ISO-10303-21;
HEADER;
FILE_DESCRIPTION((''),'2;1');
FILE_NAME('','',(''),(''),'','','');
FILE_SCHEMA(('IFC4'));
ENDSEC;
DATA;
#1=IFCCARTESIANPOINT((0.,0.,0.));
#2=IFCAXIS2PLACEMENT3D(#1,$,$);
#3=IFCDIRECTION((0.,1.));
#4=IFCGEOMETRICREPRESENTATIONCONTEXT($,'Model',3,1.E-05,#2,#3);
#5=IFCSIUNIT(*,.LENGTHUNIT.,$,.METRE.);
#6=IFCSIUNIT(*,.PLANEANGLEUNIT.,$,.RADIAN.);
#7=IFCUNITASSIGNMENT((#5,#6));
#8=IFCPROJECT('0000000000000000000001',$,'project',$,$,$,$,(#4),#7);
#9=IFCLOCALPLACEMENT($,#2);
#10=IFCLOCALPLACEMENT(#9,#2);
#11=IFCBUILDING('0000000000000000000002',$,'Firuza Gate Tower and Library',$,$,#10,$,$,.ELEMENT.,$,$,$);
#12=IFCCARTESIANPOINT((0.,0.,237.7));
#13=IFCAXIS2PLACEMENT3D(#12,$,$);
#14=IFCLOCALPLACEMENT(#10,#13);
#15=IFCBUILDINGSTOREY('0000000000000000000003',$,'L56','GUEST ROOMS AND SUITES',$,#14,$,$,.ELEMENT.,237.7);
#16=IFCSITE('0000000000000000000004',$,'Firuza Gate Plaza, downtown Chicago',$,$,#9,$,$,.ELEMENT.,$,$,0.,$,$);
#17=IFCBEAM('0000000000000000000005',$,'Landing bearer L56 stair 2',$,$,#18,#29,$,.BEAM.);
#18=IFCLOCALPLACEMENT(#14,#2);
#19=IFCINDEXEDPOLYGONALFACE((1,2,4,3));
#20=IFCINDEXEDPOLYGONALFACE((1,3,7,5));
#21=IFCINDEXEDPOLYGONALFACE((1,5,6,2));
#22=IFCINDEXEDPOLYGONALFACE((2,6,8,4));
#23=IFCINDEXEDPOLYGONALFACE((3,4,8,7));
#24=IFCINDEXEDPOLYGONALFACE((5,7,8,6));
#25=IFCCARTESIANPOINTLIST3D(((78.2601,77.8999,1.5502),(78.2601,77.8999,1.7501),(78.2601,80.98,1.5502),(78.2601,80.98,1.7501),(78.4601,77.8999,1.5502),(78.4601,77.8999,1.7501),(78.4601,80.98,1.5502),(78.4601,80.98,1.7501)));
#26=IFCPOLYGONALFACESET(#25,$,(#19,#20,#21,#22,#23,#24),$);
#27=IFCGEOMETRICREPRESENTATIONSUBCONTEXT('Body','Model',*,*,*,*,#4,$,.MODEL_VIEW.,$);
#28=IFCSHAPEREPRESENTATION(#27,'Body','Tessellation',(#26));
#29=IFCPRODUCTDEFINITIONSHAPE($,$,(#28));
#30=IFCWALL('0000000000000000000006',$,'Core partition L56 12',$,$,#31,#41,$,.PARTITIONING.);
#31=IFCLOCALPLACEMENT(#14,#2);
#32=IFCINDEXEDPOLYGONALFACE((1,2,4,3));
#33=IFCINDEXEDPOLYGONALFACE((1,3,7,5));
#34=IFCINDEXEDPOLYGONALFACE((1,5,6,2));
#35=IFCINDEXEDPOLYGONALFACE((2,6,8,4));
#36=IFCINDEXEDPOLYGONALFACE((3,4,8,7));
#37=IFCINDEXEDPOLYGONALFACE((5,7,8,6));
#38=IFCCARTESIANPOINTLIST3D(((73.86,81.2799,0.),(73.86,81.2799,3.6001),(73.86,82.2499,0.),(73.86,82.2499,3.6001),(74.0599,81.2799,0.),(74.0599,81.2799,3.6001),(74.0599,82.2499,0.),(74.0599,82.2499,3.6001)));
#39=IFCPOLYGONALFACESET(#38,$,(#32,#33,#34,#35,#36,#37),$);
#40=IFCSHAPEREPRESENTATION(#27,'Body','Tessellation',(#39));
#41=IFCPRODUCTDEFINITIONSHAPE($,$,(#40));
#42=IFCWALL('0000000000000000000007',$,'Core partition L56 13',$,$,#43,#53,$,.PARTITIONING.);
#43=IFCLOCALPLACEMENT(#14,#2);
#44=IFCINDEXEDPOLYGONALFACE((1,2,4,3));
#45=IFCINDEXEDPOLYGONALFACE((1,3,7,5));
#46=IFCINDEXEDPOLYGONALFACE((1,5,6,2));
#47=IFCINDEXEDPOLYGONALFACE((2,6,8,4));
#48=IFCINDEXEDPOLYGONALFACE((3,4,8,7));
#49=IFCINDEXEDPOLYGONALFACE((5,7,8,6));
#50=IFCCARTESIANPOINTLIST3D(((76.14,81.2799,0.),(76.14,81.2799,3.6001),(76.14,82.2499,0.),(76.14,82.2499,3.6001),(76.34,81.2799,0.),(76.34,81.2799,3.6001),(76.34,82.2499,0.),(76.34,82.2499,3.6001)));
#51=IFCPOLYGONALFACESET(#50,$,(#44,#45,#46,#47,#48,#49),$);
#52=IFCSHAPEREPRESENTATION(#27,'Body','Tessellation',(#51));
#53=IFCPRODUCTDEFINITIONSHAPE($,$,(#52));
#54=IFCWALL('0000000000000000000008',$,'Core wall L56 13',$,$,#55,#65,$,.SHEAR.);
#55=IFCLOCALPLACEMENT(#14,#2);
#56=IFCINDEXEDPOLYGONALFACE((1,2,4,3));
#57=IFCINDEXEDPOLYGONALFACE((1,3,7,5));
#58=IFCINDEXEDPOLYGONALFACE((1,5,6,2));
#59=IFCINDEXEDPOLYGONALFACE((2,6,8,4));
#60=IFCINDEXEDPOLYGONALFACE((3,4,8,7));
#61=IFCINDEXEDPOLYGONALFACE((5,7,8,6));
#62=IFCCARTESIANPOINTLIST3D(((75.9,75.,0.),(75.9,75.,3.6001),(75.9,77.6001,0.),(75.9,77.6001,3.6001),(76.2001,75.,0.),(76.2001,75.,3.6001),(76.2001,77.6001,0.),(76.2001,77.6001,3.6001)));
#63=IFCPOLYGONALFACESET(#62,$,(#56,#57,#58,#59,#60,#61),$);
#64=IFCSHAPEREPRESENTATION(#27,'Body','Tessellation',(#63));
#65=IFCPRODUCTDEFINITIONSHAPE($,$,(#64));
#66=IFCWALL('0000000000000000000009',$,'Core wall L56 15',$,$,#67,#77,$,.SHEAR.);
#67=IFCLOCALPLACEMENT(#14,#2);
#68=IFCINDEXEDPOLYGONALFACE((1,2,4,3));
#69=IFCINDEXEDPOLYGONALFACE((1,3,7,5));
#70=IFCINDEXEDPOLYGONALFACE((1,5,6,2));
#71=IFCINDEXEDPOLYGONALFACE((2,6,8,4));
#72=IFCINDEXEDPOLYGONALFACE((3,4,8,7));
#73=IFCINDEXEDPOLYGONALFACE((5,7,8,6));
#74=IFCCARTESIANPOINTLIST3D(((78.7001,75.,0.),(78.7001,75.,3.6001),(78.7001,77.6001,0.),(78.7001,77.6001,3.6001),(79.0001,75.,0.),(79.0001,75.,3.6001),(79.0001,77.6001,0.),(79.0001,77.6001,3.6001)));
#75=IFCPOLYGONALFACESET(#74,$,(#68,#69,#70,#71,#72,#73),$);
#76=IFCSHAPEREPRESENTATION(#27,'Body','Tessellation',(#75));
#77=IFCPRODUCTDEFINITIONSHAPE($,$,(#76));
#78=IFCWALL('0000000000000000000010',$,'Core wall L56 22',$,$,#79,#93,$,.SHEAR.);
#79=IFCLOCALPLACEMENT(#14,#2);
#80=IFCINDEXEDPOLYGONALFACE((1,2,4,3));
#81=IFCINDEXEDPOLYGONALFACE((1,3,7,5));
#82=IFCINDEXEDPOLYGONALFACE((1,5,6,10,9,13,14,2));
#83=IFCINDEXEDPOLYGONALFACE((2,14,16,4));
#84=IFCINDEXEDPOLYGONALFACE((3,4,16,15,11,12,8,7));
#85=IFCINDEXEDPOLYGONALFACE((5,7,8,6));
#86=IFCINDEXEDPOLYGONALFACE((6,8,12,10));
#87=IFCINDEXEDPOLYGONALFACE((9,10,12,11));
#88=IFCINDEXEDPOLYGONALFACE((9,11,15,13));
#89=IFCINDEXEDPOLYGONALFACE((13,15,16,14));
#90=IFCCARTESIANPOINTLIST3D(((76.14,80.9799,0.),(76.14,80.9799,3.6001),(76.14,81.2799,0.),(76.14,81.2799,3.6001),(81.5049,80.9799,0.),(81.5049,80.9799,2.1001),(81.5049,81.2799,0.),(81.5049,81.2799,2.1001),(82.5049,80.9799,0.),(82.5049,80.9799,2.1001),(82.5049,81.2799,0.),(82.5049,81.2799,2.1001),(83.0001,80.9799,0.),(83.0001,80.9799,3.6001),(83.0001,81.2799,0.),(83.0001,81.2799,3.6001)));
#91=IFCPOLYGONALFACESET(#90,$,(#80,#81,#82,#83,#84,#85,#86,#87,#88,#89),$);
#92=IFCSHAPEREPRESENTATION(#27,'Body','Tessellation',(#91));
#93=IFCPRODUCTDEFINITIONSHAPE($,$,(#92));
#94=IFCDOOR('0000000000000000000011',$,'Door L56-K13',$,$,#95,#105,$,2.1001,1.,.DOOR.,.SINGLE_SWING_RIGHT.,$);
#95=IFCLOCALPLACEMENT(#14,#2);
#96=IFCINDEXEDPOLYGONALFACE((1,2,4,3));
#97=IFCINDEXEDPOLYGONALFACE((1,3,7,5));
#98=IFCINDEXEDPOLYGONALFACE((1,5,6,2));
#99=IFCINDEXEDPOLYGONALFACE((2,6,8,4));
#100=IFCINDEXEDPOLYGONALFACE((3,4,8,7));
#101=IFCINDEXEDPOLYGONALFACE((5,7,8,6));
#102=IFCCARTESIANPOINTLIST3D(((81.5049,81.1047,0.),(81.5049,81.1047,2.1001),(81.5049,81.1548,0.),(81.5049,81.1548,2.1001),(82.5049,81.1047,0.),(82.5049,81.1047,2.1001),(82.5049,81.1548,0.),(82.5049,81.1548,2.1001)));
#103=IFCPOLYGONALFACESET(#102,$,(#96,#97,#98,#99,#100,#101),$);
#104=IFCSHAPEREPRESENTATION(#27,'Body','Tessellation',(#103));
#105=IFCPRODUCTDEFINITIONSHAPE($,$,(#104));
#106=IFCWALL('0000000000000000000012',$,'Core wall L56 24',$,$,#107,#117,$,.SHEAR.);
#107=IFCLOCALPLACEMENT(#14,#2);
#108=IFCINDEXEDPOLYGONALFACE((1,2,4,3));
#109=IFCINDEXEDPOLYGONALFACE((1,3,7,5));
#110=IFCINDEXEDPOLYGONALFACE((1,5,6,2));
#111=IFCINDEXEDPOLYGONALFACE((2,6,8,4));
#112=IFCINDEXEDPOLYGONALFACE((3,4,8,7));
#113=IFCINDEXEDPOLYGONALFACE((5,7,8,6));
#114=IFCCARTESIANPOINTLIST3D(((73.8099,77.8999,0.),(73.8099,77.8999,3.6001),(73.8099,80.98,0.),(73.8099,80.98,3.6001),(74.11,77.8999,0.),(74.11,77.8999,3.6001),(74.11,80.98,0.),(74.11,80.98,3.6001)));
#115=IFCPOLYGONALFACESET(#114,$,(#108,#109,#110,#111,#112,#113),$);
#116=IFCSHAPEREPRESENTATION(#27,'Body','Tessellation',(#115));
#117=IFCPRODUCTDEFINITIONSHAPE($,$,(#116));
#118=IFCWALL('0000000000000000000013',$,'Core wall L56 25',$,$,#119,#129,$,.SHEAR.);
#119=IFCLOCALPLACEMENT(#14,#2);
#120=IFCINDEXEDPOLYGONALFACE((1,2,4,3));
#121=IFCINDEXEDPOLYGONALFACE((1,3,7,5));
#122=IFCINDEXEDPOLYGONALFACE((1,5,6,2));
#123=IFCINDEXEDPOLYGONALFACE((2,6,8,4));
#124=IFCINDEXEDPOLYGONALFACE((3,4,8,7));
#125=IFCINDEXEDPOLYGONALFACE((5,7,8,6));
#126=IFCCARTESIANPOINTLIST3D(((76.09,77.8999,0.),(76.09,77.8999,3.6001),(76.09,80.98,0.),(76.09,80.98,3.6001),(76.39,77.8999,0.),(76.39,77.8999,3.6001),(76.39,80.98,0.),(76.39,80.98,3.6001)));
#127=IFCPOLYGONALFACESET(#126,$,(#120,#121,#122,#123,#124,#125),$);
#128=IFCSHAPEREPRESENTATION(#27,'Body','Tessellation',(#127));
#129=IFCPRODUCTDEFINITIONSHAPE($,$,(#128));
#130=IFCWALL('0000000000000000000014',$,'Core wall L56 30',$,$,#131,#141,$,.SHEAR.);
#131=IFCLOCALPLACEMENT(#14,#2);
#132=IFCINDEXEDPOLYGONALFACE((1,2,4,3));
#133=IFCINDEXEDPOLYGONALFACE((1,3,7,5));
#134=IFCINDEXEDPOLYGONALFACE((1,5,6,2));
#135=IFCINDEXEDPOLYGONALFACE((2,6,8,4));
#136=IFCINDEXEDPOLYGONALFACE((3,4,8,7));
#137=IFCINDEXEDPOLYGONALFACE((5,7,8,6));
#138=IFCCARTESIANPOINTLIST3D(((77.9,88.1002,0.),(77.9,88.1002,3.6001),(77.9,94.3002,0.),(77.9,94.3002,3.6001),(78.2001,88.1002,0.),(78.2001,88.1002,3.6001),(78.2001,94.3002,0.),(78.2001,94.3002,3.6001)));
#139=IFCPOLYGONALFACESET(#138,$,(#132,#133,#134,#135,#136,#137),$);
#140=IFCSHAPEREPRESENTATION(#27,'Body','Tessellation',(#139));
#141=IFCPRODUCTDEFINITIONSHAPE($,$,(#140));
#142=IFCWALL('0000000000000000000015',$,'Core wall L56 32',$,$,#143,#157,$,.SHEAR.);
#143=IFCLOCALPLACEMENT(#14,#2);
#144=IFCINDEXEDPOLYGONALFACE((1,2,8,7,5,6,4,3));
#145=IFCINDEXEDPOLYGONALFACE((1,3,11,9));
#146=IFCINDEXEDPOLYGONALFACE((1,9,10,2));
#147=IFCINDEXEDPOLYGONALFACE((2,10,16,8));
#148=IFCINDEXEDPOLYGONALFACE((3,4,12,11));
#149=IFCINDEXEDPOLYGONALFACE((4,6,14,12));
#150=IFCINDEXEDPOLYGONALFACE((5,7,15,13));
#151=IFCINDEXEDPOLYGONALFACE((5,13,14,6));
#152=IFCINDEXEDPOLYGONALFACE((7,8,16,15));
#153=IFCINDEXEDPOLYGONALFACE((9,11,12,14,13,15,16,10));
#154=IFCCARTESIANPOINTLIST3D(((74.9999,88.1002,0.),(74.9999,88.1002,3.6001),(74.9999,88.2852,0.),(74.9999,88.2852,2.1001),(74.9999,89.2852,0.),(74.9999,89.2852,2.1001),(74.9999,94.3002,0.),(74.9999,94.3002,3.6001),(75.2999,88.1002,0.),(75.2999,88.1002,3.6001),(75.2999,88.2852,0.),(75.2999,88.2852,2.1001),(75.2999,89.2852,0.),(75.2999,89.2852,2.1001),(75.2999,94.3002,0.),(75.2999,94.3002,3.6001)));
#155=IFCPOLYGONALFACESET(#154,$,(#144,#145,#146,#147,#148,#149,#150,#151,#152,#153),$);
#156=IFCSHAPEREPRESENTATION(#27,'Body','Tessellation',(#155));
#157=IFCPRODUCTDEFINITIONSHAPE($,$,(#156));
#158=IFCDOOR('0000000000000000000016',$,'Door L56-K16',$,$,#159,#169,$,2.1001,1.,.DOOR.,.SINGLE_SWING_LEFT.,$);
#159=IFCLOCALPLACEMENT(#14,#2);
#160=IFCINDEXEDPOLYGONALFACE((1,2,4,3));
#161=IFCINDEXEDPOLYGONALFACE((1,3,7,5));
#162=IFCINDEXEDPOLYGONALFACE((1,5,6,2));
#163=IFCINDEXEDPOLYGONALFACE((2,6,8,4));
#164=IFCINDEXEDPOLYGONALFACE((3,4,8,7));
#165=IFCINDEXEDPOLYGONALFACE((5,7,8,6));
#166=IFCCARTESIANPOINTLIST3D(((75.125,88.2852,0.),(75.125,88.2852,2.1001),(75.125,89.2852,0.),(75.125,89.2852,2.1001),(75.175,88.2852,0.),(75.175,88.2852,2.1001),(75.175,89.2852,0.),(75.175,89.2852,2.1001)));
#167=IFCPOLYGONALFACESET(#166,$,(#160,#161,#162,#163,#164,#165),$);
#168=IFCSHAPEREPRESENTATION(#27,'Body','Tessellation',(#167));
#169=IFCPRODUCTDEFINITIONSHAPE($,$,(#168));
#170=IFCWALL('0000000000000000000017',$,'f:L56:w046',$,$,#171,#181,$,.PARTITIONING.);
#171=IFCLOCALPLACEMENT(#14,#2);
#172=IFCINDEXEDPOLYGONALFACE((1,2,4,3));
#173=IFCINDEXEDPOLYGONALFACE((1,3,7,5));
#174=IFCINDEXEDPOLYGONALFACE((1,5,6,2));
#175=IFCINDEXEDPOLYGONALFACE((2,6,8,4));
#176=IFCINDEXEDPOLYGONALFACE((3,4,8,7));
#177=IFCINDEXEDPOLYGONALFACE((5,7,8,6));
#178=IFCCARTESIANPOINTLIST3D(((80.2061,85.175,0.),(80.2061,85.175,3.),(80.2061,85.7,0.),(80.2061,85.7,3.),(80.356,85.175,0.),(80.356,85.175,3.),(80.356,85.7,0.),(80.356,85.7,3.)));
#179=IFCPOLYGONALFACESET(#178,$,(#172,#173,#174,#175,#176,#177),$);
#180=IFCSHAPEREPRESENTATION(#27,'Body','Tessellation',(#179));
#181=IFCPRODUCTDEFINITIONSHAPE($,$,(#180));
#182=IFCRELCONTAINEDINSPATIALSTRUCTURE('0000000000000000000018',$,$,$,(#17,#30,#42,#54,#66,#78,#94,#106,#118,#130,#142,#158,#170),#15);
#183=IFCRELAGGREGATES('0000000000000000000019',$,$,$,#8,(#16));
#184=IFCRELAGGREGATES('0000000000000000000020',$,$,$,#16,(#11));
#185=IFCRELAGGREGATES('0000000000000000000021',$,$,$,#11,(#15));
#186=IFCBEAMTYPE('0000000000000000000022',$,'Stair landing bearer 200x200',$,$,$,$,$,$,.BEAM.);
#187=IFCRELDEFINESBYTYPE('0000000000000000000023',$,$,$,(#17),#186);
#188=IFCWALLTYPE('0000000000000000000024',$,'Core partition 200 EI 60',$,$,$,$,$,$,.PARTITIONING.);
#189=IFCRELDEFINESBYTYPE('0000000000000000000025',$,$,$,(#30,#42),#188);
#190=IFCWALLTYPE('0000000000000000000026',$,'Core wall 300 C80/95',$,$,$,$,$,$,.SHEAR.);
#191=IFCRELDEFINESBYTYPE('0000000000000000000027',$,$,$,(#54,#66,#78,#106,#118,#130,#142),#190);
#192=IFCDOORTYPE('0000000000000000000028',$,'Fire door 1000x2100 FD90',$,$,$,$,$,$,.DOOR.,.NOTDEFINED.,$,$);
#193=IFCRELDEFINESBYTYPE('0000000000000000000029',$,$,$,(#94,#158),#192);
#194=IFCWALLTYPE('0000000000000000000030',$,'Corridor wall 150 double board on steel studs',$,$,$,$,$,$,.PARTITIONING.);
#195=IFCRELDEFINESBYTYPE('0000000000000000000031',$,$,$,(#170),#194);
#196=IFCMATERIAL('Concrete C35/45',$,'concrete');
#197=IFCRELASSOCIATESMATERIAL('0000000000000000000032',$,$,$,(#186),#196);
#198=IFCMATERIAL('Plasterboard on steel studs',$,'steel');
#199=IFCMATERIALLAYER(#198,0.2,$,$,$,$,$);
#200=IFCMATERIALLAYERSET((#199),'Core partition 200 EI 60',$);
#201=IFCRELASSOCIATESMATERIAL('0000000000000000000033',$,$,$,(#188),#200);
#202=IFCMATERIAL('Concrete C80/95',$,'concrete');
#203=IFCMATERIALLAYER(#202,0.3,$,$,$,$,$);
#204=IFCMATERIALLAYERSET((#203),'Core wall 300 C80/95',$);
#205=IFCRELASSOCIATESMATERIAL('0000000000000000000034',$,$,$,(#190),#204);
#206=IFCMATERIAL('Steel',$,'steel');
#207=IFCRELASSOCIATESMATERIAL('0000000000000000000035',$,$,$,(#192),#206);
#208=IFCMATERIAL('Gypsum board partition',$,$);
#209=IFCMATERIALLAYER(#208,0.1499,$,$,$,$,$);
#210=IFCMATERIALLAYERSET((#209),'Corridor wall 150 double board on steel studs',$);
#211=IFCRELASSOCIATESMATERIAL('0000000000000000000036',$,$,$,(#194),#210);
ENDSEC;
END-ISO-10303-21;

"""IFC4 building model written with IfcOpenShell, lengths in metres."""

from ifc_helpers import new_model, si_unit, direction, frame, frame_2d, origin, origin_2d, place, context, subcontext, project, spatial, rectangle, extrude, material, layer, layer_set, material_profile, profile_set, type_object, element, fill, save


model = new_model("IFC4")

# Units and contexts
model_context = context("Model", 3, precision=1e-05, world=origin(), true_north=direction((0.0, 1.0)))
body_context = subcontext(model_context, "Body", "Model", "MODEL_VIEW")
ifc_project = project(units=[si_unit("LENGTHUNIT", "METRE"), si_unit("PLANEANGLEUNIT", "RADIAN")], contexts=[model_context])

# Site, building, storey
site_placement = place(None, origin())
site = spatial("IfcSite", under=ifc_project, at=site_placement, Name="Firuza Gate Plaza, downtown Chicago", CompositionType="ELEMENT", RefElevation=0.0)
building_placement = place(site_placement, origin())
building = spatial("IfcBuilding", under=site, at=building_placement, Name="Firuza Gate Tower and Library", CompositionType="ELEMENT")
storey_placement = place(building_placement, frame((0.0, 0.0, 237.7)))
storey = spatial("IfcBuildingStorey", under=building, at=storey_placement, Name="L56", Description="GUEST ROOMS AND SUITES", CompositionType="ELEMENT", Elevation=237.7)

# Beam
ifc_material_1 = material(Name="Concrete C35/45", Category="concrete")
ifc_material_profile = material_profile(ifc_material_1, rectangle(XDim=0.2, YDim=0.2, at=origin_2d()))
ifc_profile_set = profile_set([ifc_material_profile], Name="Concrete C35/45")
beam_type = type_object("IfcBeamType", Name="Stair landing bearer 200x200", PredefinedType="BEAM", material=ifc_profile_set)
beam_placement = place(storey_placement, frame((78.3601, 80.98, 1.6501), z_axis=(0.0, -1.0, 0.0), x_axis=(1.0, 0.0, 0.0)))
element("IfcBeam", 1, at=beam_placement, inside=storey, type_object=beam_type, Name="Landing bearer L56 stair 2", PredefinedType="BEAM", context=body_context, shape_type="SweptSolid", body=[
    extrude(rectangle(XDim=0.2, YDim=0.2, at=origin_2d()), origin(), (0.0, 0.0, 1.0), 3.0801),
])

# Walls
ifc_material_2 = material(Name="Plasterboard on steel studs", Category="steel")
ifc_layer_1 = layer(ifc_material_2, 0.2)
ifc_layer_set_1 = layer_set([ifc_layer_1], Name="Core partition 200 EI 60")
wall_type_1 = type_object("IfcWallType", Name="Core partition 200 EI 60", PredefinedType="PARTITIONING", material=ifc_layer_set_1)
for number, where, z_axis, x_axis, name in (
    (2, (73.96, 81.28, 0.0), (0.0, 0.0, 1.0), (0.0, 1.0, 0.0), "Core partition L56 12"),
    (3, (76.24, 81.28, 0.0), (0.0, 0.0, 1.0), (0.0, 1.0, 0.0), "Core partition L56 13"),
):
    element("IfcWall", number, at=place(storey_placement, frame(where, z_axis=z_axis, x_axis=x_axis)), inside=storey, type_object=wall_type_1, Name=name, PredefinedType="PARTITIONING", context=body_context, shape_type="SweptSolid", body=[
        extrude(rectangle(XDim=0.97, YDim=0.2, at=frame_2d((0.4849, 0.0))), origin(), (0.0, 0.0, 1.0), 3.6001),
    ])
ifc_material_3 = material(Name="Concrete C80/95", Category="concrete")
ifc_layer_2 = layer(ifc_material_3, 0.3)
ifc_layer_set_2 = layer_set([ifc_layer_2], Name="Core wall 300 C80/95")
wall_type_2 = type_object("IfcWallType", Name="Core wall 300 C80/95", PredefinedType="SHEAR", material=ifc_layer_set_2)
for number, where, z_axis, x_axis, name in (
    (4, (76.05, 75.0, 0.0), (0.0, 0.0, 1.0), (0.0, 1.0, 0.0), "Core wall L56 13"),
    (5, (78.8501, 75.0, 0.0), (0.0, 0.0, 1.0), (0.0, 1.0, 0.0), "Core wall L56 15"),
):
    element("IfcWall", number, at=place(storey_placement, frame(where, z_axis=z_axis, x_axis=x_axis)), inside=storey, type_object=wall_type_2, Name=name, PredefinedType="SHEAR", context=body_context, shape_type="SweptSolid", body=[
        extrude(rectangle(XDim=2.6001, YDim=0.3, at=frame_2d((1.3, 0.0))), origin(), (0.0, 0.0, 1.0), 3.6001),
    ])

# Wall, opening, door
wall_1_placement = place(storey_placement, frame((76.1399, 81.1299, 0.0), z_axis=(0.0, 0.0, 1.0), x_axis=(1.0, 0.0, 0.0)))
wall_1 = element("IfcWall", 6, at=wall_1_placement, inside=storey, type_object=wall_type_2, Name="Core wall L56 22", PredefinedType="SHEAR", context=body_context, shape_type="SweptSolid", body=[
    extrude(rectangle(XDim=6.8601, YDim=0.3, at=frame_2d((3.4302, 0.0))), origin(), (0.0, 0.0, 1.0), 3.6001),
])
opening_1_placement = place(wall_1_placement, frame((5.365, 0.0, 0.0)))
opening_1 = element("IfcOpeningElement", 7, at=opening_1_placement, cuts=wall_1, PredefinedType="OPENING", context=body_context, shape_type="SweptSolid", body=[
    extrude(rectangle(XDim=1.0, YDim=2.1001, at=frame_2d((0.5, 1.05))), frame((0.0, 0.1602, 0.0), z_axis=(0.0, -1.0, 0.0), x_axis=(1.0, 0.0, 0.0)), (0.0, 0.0, 1.0), 0.3201),
])
ifc_material_4 = material(Name="Steel", Category="steel")
door_type = type_object("IfcDoorType", Name="Fire door 1000x2100 FD90", OperationType="NOTDEFINED", PredefinedType="DOOR", material=ifc_material_4)
door_1_placement = place(opening_1_placement, origin())
door_1 = element("IfcDoor", 8, at=door_1_placement, inside=storey, type_object=door_type, Name="Door L56-K13", OperationType="SINGLE_SWING_RIGHT", OverallHeight=2.1001, OverallWidth=1.0, PredefinedType="DOOR", context=body_context, shape_type="SweptSolid", body=[
    extrude(rectangle(XDim=1.0, YDim=2.1001, at=frame_2d((0.5, 1.05))), frame((0.0, 0.0249, 0.0), z_axis=(0.0, -1.0, 0.0), x_axis=(1.0, 0.0, 0.0)), (0.0, 0.0, 1.0), 0.05),
])
fill(opening_1, door_1)

# Walls
for number, where, z_axis, x_axis, name in (
    (9, (73.96, 77.8999, 0.0), (0.0, 0.0, 1.0), (0.0, 1.0, 0.0), "Core wall L56 24"),
    (10, (76.24, 77.8999, 0.0), (0.0, 0.0, 1.0), (0.0, 1.0, 0.0), "Core wall L56 25"),
):
    element("IfcWall", number, at=place(storey_placement, frame(where, z_axis=z_axis, x_axis=x_axis)), inside=storey, type_object=wall_type_2, Name=name, PredefinedType="SHEAR", context=body_context, shape_type="SweptSolid", body=[
        extrude(rectangle(XDim=3.0801, YDim=0.3, at=frame_2d((1.54, 0.0))), origin(), (0.0, 0.0, 1.0), 3.6001),
    ])
wall_2_placement = place(storey_placement, frame((78.05, 88.1001, 0.0), z_axis=(0.0, 0.0, 1.0), x_axis=(0.0, 1.0, 0.0)))
element("IfcWall", 11, at=wall_2_placement, inside=storey, type_object=wall_type_2, Name="Core wall L56 30", PredefinedType="SHEAR", context=body_context, shape_type="SweptSolid", body=[
    extrude(rectangle(XDim=6.2, YDim=0.3, at=frame_2d((3.1001, 0.0))), origin(), (0.0, 0.0, 1.0), 3.6001),
])

# Wall, opening, door
wall_3_placement = place(storey_placement, frame((75.1499, 88.1001, 0.0), z_axis=(0.0, 0.0, 1.0), x_axis=(0.0, 1.0, 0.0)))
wall_3 = element("IfcWall", 12, at=wall_3_placement, inside=storey, type_object=wall_type_2, Name="Core wall L56 32", PredefinedType="SHEAR", context=body_context, shape_type="SweptSolid", body=[
    extrude(rectangle(XDim=6.2, YDim=0.3, at=frame_2d((3.1001, 0.0))), origin(), (0.0, 0.0, 1.0), 3.6001),
])
opening_2_placement = place(wall_3_placement, frame((0.1851, 0.0, 0.0)))
opening_2 = element("IfcOpeningElement", 13, at=opening_2_placement, cuts=wall_3, PredefinedType="OPENING", context=body_context, shape_type="SweptSolid", body=[
    extrude(rectangle(XDim=1.0, YDim=2.1001, at=frame_2d((0.5, 1.05))), frame((0.0, 0.1602, 0.0), z_axis=(0.0, -1.0, 0.0), x_axis=(1.0, 0.0, 0.0)), (0.0, 0.0, 1.0), 0.3201),
])
door_2_placement = place(opening_2_placement, origin())
door_2 = element("IfcDoor", 14, at=door_2_placement, inside=storey, type_object=door_type, Name="Door L56-K16", OperationType="SINGLE_SWING_LEFT", OverallHeight=2.1001, OverallWidth=1.0, PredefinedType="DOOR", context=body_context, shape_type="SweptSolid", body=[
    extrude(rectangle(XDim=1.0, YDim=2.1001, at=frame_2d((0.5, 1.05))), frame((0.0, 0.0249, 0.0), z_axis=(0.0, -1.0, 0.0), x_axis=(1.0, 0.0, 0.0)), (0.0, 0.0, 1.0), 0.05),
])
fill(opening_2, door_2)

# Wall
ifc_material_5 = material(Name="Gypsum board partition")
ifc_layer_3 = layer(ifc_material_5, 0.1499)
ifc_layer_set_3 = layer_set([ifc_layer_3], Name="Corridor wall 150 double board on steel studs")
wall_type_3 = type_object("IfcWallType", Name="Corridor wall 150 double board on steel studs", PredefinedType="PARTITIONING", material=ifc_layer_set_3)
wall_4_placement = place(storey_placement, frame((80.281, 85.175, 0.0), z_axis=(0.0, 0.0, 1.0), x_axis=(0.0, 1.0, 0.0)))
element("IfcWall", 15, at=wall_4_placement, inside=storey, type_object=wall_type_3, Name="f:L56:w046", PredefinedType="PARTITIONING", context=body_context, shape_type="SweptSolid", body=[
    extrude(rectangle(XDim=0.5249, YDim=0.1499, at=frame_2d((0.2625, 0.0))), origin(), (0.0, 0.0, 1.0), 3.0),
])

save(model, "model.ifc")
